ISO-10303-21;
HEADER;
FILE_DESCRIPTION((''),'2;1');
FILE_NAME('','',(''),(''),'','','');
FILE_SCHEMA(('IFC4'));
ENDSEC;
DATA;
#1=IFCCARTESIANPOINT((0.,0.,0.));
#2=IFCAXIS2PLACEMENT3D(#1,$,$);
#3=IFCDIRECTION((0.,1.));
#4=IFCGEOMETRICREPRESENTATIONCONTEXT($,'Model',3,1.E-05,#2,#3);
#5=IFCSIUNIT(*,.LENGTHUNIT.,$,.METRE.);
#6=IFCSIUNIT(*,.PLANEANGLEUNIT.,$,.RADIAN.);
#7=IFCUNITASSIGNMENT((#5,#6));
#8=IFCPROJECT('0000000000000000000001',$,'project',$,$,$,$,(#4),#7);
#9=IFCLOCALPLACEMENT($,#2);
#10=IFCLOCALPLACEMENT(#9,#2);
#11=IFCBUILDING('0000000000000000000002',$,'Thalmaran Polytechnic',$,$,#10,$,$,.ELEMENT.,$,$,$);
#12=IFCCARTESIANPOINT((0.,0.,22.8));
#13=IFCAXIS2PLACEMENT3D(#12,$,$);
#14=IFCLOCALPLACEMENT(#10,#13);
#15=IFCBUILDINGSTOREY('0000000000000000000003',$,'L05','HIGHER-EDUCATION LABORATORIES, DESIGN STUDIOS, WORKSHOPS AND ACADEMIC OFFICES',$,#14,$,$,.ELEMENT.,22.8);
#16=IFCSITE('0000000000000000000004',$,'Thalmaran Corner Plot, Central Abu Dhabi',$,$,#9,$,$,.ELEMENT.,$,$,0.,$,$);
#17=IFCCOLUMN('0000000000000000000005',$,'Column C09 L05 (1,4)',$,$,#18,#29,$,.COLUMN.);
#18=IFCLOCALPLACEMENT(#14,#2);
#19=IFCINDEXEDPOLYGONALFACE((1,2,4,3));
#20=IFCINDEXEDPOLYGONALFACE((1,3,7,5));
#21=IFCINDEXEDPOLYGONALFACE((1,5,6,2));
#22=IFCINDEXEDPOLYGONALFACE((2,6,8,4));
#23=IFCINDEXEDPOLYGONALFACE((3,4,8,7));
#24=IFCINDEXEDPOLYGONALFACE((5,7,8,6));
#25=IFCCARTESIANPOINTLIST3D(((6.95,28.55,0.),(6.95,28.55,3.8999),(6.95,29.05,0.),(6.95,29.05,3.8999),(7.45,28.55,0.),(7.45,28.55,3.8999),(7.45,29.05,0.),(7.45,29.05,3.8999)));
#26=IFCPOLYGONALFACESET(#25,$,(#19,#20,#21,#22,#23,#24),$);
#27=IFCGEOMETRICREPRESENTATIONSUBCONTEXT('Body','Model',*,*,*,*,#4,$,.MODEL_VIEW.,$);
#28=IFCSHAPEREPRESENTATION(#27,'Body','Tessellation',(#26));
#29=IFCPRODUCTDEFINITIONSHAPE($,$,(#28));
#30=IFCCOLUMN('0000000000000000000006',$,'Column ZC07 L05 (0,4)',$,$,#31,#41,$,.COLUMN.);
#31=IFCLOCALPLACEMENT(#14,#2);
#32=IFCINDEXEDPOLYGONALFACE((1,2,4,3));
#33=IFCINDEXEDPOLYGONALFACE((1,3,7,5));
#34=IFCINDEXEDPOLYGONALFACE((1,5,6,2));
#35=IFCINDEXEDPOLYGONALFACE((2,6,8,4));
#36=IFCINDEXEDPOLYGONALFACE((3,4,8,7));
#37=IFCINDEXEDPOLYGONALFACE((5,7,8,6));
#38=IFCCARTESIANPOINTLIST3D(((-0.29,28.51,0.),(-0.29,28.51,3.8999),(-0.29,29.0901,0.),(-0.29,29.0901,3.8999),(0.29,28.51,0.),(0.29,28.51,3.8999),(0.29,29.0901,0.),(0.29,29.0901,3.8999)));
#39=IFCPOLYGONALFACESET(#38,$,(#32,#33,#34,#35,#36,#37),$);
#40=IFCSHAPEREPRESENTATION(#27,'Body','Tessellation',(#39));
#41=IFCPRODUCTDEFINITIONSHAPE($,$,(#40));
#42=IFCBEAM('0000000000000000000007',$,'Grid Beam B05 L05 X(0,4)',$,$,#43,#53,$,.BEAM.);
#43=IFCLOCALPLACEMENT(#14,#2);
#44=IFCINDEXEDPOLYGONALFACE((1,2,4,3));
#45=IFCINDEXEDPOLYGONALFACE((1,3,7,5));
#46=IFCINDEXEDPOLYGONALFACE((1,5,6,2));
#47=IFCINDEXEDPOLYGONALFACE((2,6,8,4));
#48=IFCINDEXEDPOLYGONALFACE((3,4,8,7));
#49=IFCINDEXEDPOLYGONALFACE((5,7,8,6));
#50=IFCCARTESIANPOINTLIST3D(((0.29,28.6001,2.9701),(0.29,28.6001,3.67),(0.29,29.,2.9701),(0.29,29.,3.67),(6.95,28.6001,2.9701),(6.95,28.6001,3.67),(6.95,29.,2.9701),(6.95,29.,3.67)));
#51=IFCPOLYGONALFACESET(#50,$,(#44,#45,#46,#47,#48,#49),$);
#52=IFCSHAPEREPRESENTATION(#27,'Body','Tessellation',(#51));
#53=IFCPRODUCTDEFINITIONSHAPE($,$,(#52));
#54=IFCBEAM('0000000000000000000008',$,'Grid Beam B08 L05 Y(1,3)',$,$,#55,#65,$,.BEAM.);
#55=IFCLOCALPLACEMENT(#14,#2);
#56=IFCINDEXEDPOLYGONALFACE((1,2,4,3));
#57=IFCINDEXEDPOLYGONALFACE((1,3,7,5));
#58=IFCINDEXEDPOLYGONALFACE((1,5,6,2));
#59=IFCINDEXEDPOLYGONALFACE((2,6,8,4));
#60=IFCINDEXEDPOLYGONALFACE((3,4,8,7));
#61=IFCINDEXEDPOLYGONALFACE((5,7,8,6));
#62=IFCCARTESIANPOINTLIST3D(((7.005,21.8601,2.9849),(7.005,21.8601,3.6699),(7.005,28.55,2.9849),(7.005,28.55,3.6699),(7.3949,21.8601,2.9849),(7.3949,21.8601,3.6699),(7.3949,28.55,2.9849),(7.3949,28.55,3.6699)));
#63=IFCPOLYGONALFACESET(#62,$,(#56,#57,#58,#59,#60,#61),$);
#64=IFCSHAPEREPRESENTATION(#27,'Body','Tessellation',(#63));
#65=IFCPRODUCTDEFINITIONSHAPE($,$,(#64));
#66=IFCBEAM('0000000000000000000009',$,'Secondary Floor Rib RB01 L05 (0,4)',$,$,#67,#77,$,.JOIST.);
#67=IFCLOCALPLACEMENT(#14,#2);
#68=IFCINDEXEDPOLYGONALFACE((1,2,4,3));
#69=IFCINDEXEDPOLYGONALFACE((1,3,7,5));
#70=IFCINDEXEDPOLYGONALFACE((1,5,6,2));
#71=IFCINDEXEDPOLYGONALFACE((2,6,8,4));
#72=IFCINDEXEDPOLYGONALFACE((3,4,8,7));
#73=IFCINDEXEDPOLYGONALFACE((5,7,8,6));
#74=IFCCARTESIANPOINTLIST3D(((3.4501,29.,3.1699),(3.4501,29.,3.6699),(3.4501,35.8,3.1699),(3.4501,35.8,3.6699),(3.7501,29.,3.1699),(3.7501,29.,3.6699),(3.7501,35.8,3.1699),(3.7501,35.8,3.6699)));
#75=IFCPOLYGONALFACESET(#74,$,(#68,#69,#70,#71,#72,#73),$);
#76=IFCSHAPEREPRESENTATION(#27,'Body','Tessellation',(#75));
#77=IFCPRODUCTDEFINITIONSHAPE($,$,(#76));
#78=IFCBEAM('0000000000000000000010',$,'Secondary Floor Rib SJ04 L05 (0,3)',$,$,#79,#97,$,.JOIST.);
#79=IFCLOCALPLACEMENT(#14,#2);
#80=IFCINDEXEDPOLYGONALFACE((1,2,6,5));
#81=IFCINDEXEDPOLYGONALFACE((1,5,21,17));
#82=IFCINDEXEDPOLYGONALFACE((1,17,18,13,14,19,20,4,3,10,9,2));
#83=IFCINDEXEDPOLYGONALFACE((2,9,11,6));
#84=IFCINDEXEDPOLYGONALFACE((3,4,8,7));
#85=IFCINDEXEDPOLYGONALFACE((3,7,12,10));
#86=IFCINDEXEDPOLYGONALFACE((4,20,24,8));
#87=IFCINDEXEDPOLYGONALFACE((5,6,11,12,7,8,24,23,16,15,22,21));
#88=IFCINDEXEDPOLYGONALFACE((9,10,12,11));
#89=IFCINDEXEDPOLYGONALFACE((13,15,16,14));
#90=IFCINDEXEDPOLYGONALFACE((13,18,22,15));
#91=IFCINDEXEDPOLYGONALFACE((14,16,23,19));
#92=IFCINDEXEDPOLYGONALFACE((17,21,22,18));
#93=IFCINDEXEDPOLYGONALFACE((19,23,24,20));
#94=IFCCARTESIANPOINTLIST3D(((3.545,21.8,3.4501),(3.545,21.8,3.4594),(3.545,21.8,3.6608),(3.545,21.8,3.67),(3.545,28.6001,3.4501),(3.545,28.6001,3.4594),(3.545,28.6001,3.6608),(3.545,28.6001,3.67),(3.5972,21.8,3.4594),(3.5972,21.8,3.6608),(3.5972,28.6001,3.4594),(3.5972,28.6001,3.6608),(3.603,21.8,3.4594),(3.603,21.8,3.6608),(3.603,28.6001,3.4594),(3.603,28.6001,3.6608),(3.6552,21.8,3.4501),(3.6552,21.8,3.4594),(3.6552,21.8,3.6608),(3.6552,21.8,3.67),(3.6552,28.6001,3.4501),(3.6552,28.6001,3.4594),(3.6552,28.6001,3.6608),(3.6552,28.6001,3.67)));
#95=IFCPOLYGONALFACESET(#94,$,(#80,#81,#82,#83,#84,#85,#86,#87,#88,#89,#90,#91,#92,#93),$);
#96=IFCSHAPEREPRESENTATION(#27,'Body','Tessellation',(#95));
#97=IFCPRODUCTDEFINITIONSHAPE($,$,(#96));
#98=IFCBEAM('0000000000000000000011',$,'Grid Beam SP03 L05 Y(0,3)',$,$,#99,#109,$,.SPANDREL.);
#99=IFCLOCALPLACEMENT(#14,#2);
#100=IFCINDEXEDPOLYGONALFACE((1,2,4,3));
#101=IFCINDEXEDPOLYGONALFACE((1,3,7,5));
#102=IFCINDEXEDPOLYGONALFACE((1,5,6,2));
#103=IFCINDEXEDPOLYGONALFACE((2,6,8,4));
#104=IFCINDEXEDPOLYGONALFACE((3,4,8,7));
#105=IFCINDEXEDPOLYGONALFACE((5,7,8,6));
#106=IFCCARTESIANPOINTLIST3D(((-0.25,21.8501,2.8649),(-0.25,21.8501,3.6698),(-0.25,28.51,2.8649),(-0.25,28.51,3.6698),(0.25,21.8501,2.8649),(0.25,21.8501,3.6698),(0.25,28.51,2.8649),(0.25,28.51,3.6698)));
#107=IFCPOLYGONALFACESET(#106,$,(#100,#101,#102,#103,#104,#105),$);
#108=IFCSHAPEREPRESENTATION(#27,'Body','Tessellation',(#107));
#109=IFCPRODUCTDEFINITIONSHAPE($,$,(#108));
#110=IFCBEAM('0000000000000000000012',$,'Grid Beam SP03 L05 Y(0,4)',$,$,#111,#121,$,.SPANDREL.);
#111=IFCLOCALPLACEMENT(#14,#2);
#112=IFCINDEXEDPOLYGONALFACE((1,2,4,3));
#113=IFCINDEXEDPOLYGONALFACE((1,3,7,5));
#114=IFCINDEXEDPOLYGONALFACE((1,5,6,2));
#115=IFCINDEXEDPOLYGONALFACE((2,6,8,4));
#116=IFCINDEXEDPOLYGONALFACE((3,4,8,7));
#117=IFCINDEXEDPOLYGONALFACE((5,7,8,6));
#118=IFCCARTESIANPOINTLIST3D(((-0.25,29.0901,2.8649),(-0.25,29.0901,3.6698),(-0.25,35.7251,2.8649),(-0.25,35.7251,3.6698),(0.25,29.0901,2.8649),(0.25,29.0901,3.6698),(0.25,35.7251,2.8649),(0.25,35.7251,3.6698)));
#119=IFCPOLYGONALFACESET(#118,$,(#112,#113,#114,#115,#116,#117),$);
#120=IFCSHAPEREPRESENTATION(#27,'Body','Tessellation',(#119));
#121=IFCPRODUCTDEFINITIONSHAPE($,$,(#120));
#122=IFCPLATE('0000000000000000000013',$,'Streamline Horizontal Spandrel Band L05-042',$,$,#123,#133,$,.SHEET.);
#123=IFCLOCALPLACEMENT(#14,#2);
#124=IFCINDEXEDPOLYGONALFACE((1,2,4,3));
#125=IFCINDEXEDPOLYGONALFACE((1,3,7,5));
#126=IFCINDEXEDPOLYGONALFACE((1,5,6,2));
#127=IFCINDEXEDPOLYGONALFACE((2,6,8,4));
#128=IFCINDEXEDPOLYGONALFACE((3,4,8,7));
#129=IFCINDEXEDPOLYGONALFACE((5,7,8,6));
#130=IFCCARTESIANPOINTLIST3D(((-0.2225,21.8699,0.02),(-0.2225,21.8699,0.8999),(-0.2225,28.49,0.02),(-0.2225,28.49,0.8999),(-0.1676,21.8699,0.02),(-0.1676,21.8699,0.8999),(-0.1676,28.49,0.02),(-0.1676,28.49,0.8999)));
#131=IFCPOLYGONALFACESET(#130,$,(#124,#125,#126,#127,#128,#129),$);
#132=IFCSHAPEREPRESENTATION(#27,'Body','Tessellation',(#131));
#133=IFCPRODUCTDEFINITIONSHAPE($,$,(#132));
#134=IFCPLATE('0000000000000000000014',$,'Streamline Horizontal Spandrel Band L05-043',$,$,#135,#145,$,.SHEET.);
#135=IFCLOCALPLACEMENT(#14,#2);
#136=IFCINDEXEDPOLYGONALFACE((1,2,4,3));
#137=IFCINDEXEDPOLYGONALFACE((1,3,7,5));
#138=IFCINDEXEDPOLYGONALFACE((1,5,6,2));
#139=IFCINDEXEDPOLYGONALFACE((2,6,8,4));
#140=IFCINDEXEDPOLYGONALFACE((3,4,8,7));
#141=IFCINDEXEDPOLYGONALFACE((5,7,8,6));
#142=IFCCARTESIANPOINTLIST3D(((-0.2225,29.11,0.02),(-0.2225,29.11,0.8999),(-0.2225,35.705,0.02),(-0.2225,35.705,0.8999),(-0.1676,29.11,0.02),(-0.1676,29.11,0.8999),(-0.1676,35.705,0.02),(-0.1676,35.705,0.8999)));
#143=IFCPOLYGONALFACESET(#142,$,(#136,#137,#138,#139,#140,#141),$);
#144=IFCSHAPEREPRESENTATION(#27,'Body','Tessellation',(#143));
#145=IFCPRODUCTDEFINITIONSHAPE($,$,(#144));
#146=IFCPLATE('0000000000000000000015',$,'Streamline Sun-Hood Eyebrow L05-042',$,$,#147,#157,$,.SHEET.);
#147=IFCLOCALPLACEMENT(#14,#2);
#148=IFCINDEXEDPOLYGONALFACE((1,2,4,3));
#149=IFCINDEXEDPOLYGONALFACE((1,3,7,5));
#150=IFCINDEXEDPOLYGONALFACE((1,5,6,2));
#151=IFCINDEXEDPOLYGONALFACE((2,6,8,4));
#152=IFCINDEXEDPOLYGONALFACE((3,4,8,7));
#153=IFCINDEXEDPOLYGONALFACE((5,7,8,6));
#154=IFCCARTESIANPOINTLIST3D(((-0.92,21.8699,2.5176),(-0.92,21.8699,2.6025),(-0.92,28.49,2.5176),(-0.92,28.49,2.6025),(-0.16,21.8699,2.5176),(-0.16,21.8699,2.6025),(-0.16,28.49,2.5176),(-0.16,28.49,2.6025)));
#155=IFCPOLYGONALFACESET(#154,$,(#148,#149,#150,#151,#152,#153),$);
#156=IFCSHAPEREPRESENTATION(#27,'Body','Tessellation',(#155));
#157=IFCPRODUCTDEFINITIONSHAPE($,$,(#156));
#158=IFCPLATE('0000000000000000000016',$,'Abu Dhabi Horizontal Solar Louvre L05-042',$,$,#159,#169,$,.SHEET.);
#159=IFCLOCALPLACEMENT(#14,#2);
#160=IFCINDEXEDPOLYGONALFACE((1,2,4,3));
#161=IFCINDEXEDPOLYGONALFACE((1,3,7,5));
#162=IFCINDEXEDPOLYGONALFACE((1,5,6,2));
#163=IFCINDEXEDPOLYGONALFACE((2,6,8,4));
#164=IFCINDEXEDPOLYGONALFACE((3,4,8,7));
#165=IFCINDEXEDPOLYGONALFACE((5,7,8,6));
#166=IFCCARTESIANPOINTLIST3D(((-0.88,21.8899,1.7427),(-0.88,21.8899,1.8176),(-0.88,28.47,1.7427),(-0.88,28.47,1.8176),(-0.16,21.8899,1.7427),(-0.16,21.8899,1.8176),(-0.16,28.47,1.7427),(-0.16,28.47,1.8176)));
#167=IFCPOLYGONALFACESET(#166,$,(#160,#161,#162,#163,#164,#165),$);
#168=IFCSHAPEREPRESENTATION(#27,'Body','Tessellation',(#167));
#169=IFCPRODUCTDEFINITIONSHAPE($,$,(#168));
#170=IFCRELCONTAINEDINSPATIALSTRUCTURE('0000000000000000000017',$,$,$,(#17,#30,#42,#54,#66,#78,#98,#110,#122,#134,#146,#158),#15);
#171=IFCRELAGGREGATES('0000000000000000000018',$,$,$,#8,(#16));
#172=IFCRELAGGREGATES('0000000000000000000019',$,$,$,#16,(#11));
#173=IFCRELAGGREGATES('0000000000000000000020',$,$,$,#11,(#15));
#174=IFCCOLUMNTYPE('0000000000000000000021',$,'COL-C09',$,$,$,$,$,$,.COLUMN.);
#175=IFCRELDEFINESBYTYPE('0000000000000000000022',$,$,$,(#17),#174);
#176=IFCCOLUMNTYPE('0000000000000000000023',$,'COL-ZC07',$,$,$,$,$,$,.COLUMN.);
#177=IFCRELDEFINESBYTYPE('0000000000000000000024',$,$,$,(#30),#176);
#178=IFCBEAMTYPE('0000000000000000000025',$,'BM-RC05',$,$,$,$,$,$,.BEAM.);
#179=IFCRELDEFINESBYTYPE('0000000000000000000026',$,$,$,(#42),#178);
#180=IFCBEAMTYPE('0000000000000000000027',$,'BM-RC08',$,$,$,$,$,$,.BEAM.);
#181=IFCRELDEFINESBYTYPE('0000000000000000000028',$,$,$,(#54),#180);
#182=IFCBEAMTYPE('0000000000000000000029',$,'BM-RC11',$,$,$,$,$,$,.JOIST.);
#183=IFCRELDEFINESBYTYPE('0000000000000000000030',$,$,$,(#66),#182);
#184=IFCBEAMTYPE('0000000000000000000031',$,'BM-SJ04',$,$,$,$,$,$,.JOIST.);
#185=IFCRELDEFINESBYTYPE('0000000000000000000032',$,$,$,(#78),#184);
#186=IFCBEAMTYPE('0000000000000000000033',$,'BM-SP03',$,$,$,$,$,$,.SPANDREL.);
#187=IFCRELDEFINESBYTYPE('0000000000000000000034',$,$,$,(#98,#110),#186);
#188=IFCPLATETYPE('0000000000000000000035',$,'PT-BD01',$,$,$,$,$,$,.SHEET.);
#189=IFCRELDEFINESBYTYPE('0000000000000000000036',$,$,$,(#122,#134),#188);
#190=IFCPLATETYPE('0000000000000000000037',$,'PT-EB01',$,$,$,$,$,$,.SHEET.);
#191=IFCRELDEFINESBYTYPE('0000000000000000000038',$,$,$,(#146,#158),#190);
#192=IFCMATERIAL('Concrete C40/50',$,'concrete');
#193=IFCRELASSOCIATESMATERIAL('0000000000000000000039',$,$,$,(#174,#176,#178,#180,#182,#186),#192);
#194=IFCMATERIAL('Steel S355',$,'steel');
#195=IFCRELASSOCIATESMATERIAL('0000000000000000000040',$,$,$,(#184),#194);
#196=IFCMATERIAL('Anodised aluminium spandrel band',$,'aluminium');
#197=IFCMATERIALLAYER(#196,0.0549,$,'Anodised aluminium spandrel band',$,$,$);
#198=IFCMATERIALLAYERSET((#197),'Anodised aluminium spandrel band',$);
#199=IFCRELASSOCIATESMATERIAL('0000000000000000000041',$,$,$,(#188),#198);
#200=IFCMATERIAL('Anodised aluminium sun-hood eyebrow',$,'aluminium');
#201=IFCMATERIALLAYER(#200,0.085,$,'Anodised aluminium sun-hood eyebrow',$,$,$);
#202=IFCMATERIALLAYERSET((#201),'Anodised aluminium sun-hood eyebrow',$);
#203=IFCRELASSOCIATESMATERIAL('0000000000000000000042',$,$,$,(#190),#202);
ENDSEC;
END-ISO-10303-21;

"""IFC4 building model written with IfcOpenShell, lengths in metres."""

from ifc_helpers import new_model, si_unit, direction, frame, origin, origin_2d, place, context, subcontext, project, spatial, rectangle, i_section, extrude, material, layer, layer_set, material_profile, profile_set, type_object, element, save


model = new_model("IFC4")

# Units and contexts
model_context = context("Model", 3, precision=1e-05, world=origin(), true_north=direction((0.0, 1.0)))
body_context = subcontext(model_context, "Body", "Model", "MODEL_VIEW")
ifc_project = project(units=[si_unit("LENGTHUNIT", "METRE"), si_unit("PLANEANGLEUNIT", "RADIAN")], contexts=[model_context])

# Site, building, storey
site_placement = place(None, origin())
site = spatial("IfcSite", under=ifc_project, at=site_placement, Name="Thalmaran Corner Plot, Central Abu Dhabi", CompositionType="ELEMENT", RefElevation=0.0)
building_placement = place(site_placement, origin())
building = spatial("IfcBuilding", under=site, at=building_placement, Name="Thalmaran Polytechnic", CompositionType="ELEMENT")
storey_placement = place(building_placement, frame((0.0, 0.0, 22.8)))
storey = spatial("IfcBuildingStorey", under=building, at=storey_placement, Name="L05", Description="HIGHER-EDUCATION LABORATORIES, DESIGN STUDIOS, WORKSHOPS AND ACADEMIC OFFICES", CompositionType="ELEMENT", Elevation=22.8)

# Columns
ifc_material_1 = material(Name="Concrete C40/50", Category="concrete")
ifc_material_profile_1 = material_profile(ifc_material_1, rectangle(XDim=0.5, YDim=0.5, at=origin_2d()), Name="RC 500x500")
ifc_profile_set_1 = profile_set([ifc_material_profile_1], Name="Concrete C40/50")
column_type_1 = type_object("IfcColumnType", Name="COL-C09", PredefinedType="COLUMN", material=ifc_profile_set_1)
column_1_placement = place(storey_placement, frame((7.2, 28.8, 0.0), z_axis=(0.0, 0.0, 1.0), x_axis=(1.0, 0.0, 0.0)))
element("IfcColumn", 1, at=column_1_placement, inside=storey, type_object=column_type_1, Name="Column C09 L05 (1,4)", PredefinedType="COLUMN", context=body_context, shape_type="SweptSolid", body=[
    extrude(rectangle(XDim=0.5, YDim=0.5, at=origin_2d()), origin(), (0.0, 0.0, 1.0), 3.8999),
])
ifc_material_profile_2 = material_profile(ifc_material_1, rectangle(XDim=0.5801, YDim=0.5801, at=origin_2d()), Name="RC 580x580")
ifc_profile_set_2 = profile_set([ifc_material_profile_2], Name="Concrete C40/50")
column_type_2 = type_object("IfcColumnType", Name="COL-ZC07", PredefinedType="COLUMN", material=ifc_profile_set_2)
column_2_placement = place(storey_placement, frame((0.0, 28.8, 0.0), z_axis=(0.0, 0.0, 1.0), x_axis=(1.0, 0.0, 0.0)))
element("IfcColumn", 2, at=column_2_placement, inside=storey, type_object=column_type_2, Name="Column ZC07 L05 (0,4)", PredefinedType="COLUMN", context=body_context, shape_type="SweptSolid", body=[
    extrude(rectangle(XDim=0.5801, YDim=0.5801, at=origin_2d()), origin(), (0.0, 0.0, 1.0), 3.8999),
])

# Beams
ifc_material_profile_3 = material_profile(ifc_material_1, rectangle(XDim=0.3999, YDim=0.7, at=origin_2d()), Name="RC 400x700")
ifc_profile_set_3 = profile_set([ifc_material_profile_3], Name="Concrete C40/50")
beam_type_1 = type_object("IfcBeamType", Name="BM-RC05", PredefinedType="BEAM", material=ifc_profile_set_3)
beam_1_placement = place(storey_placement, frame((0.29, 28.8, 3.3201), z_axis=(1.0, 0.0, 0.0), x_axis=(0.0, 1.0, 0.0)))
element("IfcBeam", 3, at=beam_1_placement, inside=storey, type_object=beam_type_1, Name="Grid Beam B05 L05 X(0,4)", PredefinedType="BEAM", context=body_context, shape_type="SweptSolid", body=[
    extrude(rectangle(XDim=0.3999, YDim=0.7, at=origin_2d()), origin(), (0.0, 0.0, 1.0), 6.6599),
])
ifc_material_profile_4 = material_profile(ifc_material_1, rectangle(XDim=0.3899, YDim=0.6851, at=origin_2d()), Name="RC 390x685")
ifc_profile_set_4 = profile_set([ifc_material_profile_4], Name="Concrete C40/50")
beam_type_2 = type_object("IfcBeamType", Name="BM-RC08", PredefinedType="BEAM", material=ifc_profile_set_4)
beam_2_placement = place(storey_placement, frame((7.2, 21.8601, 3.3274), z_axis=(0.0, 1.0, 0.0), x_axis=(-1.0, 0.0, 0.0)))
element("IfcBeam", 4, at=beam_2_placement, inside=storey, type_object=beam_type_2, Name="Grid Beam B08 L05 Y(1,3)", PredefinedType="BEAM", context=body_context, shape_type="SweptSolid", body=[
    extrude(rectangle(XDim=0.3899, YDim=0.6851, at=origin_2d()), origin(), (0.0, 0.0, 1.0), 6.6899),
])
ifc_material_profile_5 = material_profile(ifc_material_1, rectangle(XDim=0.3, YDim=0.5, at=origin_2d()), Name="RC 300x500")
ifc_profile_set_5 = profile_set([ifc_material_profile_5], Name="Concrete C40/50")
beam_type_3 = type_object("IfcBeamType", Name="BM-RC11", PredefinedType="JOIST", material=ifc_profile_set_5)
beam_3_placement = place(storey_placement, frame((3.6001, 29.0, 3.4199), z_axis=(0.0, 1.0, 0.0), x_axis=(-1.0, 0.0, 0.0)))
element("IfcBeam", 5, at=beam_3_placement, inside=storey, type_object=beam_type_3, Name="Secondary Floor Rib RB01 L05 (0,4)", PredefinedType="JOIST", context=body_context, shape_type="SweptSolid", body=[
    extrude(rectangle(XDim=0.3, YDim=0.5, at=origin_2d()), origin(), (0.0, 0.0, 1.0), 6.8),
])
ifc_material_2 = material(Name="Steel S355", Category="steel")
ifc_material_profile_6 = material_profile(ifc_material_2, i_section(OverallWidth=0.1101, OverallDepth=0.22, WebThickness=0.0059, FlangeThickness=0.0093, at=origin_2d()), Name="IPE 220")
ifc_profile_set_6 = profile_set([ifc_material_profile_6], Name="Steel S355")
beam_type_4 = type_object("IfcBeamType", Name="BM-SJ04", PredefinedType="JOIST", material=ifc_profile_set_6)
beam_4_placement = place(storey_placement, frame((3.6001, 21.8, 3.5601), z_axis=(0.0, 1.0, 0.0), x_axis=(-1.0, 0.0, 0.0)))
element("IfcBeam", 6, at=beam_4_placement, inside=storey, type_object=beam_type_4, Name="Secondary Floor Rib SJ04 L05 (0,3)", PredefinedType="JOIST", context=body_context, shape_type="SweptSolid", body=[
    extrude(i_section(OverallWidth=0.1101, OverallDepth=0.22, WebThickness=0.0059, FlangeThickness=0.0093, at=origin_2d()), origin(), (0.0, 0.0, 1.0), 6.8),
])
ifc_material_profile_7 = material_profile(ifc_material_1, rectangle(XDim=0.5, YDim=0.8049, at=origin_2d()), Name="RC 500x805")
ifc_profile_set_7 = profile_set([ifc_material_profile_7], Name="Concrete C40/50")
beam_type_5 = type_object("IfcBeamType", Name="BM-SP03", PredefinedType="SPANDREL", material=ifc_profile_set_7)
beam_5_placement = place(storey_placement, frame((0.0, 21.8501, 3.2673), z_axis=(0.0, 1.0, 0.0), x_axis=(-1.0, 0.0, 0.0)))
element("IfcBeam", 7, at=beam_5_placement, inside=storey, type_object=beam_type_5, Name="Grid Beam SP03 L05 Y(0,3)", PredefinedType="SPANDREL", context=body_context, shape_type="SweptSolid", body=[
    extrude(rectangle(XDim=0.5, YDim=0.8049, at=origin_2d()), origin(), (0.0, 0.0, 1.0), 6.6599),
])
beam_6_placement = place(storey_placement, frame((0.0, 29.0901, 3.2673), z_axis=(0.0, 1.0, 0.0), x_axis=(-1.0, 0.0, 0.0)))
element("IfcBeam", 8, at=beam_6_placement, inside=storey, type_object=beam_type_5, Name="Grid Beam SP03 L05 Y(0,4)", PredefinedType="SPANDREL", context=body_context, shape_type="SweptSolid", body=[
    extrude(rectangle(XDim=0.5, YDim=0.8049, at=origin_2d()), origin(), (0.0, 0.0, 1.0), 6.635),
])

# Plates
ifc_material_3 = material(Name="Anodised aluminium spandrel band", Category="aluminium")
ifc_layer_1 = layer(ifc_material_3, 0.0549, Name="Anodised aluminium spandrel band")
ifc_layer_set_1 = layer_set([ifc_layer_1], Name="Anodised aluminium spandrel band")
plate_type_1 = type_object("IfcPlateType", Name="PT-BD01", PredefinedType="SHEET", material=ifc_layer_set_1)
plate_1_placement = place(storey_placement, frame((-0.1951, 25.1799, 0.02), z_axis=(0.0, 0.0, 1.0), x_axis=(0.0, 1.0, 0.0)))
element("IfcPlate", 9, at=plate_1_placement, inside=storey, type_object=plate_type_1, Name="Streamline Horizontal Spandrel Band L05-042", PredefinedType="SHEET", context=body_context, shape_type="SweptSolid", body=[
    extrude(rectangle(XDim=6.6201, YDim=0.0549, at=origin_2d()), origin(), (0.0, 0.0, 1.0), 0.8799),
])
plate_2_placement = place(storey_placement, frame((-0.1951, 32.4075, 0.02), z_axis=(0.0, 0.0, 1.0), x_axis=(0.0, 1.0, 0.0)))
element("IfcPlate", 10, at=plate_2_placement, inside=storey, type_object=plate_type_1, Name="Streamline Horizontal Spandrel Band L05-043", PredefinedType="SHEET", context=body_context, shape_type="SweptSolid", body=[
    extrude(rectangle(XDim=6.595, YDim=0.0549, at=origin_2d()), origin(), (0.0, 0.0, 1.0), 0.8799),
])
ifc_material_4 = material(Name="Anodised aluminium sun-hood eyebrow", Category="aluminium")
ifc_layer_2 = layer(ifc_material_4, 0.085, Name="Anodised aluminium sun-hood eyebrow")
ifc_layer_set_2 = layer_set([ifc_layer_2], Name="Anodised aluminium sun-hood eyebrow")
plate_type_2 = type_object("IfcPlateType", Name="PT-EB01", PredefinedType="SHEET", material=ifc_layer_set_2)
plate_3_placement = place(storey_placement, frame((-0.54, 25.1799, 2.5176), z_axis=(0.0, 0.0, 1.0), x_axis=(0.0, 1.0, 0.0)))
element("IfcPlate", 11, at=plate_3_placement, inside=storey, type_object=plate_type_2, Name="Streamline Sun-Hood Eyebrow L05-042", PredefinedType="SHEET", context=body_context, shape_type="SweptSolid", body=[
    extrude(rectangle(XDim=6.6201, YDim=0.76, at=origin_2d()), origin(), (0.0, 0.0, 1.0), 0.085),
])
plate_4_placement = place(storey_placement, frame((-0.52, 25.1799, 1.7427), z_axis=(0.0, 0.0, 1.0), x_axis=(0.0, 1.0, 0.0)))
element("IfcPlate", 12, at=plate_4_placement, inside=storey, type_object=plate_type_2, Name="Abu Dhabi Horizontal Solar Louvre L05-042", PredefinedType="SHEET", context=body_context, shape_type="SweptSolid", body=[
    extrude(rectangle(XDim=6.5801, YDim=0.72, at=origin_2d()), origin(), (0.0, 0.0, 1.0), 0.075),
])

save(model, "model.ifc")
